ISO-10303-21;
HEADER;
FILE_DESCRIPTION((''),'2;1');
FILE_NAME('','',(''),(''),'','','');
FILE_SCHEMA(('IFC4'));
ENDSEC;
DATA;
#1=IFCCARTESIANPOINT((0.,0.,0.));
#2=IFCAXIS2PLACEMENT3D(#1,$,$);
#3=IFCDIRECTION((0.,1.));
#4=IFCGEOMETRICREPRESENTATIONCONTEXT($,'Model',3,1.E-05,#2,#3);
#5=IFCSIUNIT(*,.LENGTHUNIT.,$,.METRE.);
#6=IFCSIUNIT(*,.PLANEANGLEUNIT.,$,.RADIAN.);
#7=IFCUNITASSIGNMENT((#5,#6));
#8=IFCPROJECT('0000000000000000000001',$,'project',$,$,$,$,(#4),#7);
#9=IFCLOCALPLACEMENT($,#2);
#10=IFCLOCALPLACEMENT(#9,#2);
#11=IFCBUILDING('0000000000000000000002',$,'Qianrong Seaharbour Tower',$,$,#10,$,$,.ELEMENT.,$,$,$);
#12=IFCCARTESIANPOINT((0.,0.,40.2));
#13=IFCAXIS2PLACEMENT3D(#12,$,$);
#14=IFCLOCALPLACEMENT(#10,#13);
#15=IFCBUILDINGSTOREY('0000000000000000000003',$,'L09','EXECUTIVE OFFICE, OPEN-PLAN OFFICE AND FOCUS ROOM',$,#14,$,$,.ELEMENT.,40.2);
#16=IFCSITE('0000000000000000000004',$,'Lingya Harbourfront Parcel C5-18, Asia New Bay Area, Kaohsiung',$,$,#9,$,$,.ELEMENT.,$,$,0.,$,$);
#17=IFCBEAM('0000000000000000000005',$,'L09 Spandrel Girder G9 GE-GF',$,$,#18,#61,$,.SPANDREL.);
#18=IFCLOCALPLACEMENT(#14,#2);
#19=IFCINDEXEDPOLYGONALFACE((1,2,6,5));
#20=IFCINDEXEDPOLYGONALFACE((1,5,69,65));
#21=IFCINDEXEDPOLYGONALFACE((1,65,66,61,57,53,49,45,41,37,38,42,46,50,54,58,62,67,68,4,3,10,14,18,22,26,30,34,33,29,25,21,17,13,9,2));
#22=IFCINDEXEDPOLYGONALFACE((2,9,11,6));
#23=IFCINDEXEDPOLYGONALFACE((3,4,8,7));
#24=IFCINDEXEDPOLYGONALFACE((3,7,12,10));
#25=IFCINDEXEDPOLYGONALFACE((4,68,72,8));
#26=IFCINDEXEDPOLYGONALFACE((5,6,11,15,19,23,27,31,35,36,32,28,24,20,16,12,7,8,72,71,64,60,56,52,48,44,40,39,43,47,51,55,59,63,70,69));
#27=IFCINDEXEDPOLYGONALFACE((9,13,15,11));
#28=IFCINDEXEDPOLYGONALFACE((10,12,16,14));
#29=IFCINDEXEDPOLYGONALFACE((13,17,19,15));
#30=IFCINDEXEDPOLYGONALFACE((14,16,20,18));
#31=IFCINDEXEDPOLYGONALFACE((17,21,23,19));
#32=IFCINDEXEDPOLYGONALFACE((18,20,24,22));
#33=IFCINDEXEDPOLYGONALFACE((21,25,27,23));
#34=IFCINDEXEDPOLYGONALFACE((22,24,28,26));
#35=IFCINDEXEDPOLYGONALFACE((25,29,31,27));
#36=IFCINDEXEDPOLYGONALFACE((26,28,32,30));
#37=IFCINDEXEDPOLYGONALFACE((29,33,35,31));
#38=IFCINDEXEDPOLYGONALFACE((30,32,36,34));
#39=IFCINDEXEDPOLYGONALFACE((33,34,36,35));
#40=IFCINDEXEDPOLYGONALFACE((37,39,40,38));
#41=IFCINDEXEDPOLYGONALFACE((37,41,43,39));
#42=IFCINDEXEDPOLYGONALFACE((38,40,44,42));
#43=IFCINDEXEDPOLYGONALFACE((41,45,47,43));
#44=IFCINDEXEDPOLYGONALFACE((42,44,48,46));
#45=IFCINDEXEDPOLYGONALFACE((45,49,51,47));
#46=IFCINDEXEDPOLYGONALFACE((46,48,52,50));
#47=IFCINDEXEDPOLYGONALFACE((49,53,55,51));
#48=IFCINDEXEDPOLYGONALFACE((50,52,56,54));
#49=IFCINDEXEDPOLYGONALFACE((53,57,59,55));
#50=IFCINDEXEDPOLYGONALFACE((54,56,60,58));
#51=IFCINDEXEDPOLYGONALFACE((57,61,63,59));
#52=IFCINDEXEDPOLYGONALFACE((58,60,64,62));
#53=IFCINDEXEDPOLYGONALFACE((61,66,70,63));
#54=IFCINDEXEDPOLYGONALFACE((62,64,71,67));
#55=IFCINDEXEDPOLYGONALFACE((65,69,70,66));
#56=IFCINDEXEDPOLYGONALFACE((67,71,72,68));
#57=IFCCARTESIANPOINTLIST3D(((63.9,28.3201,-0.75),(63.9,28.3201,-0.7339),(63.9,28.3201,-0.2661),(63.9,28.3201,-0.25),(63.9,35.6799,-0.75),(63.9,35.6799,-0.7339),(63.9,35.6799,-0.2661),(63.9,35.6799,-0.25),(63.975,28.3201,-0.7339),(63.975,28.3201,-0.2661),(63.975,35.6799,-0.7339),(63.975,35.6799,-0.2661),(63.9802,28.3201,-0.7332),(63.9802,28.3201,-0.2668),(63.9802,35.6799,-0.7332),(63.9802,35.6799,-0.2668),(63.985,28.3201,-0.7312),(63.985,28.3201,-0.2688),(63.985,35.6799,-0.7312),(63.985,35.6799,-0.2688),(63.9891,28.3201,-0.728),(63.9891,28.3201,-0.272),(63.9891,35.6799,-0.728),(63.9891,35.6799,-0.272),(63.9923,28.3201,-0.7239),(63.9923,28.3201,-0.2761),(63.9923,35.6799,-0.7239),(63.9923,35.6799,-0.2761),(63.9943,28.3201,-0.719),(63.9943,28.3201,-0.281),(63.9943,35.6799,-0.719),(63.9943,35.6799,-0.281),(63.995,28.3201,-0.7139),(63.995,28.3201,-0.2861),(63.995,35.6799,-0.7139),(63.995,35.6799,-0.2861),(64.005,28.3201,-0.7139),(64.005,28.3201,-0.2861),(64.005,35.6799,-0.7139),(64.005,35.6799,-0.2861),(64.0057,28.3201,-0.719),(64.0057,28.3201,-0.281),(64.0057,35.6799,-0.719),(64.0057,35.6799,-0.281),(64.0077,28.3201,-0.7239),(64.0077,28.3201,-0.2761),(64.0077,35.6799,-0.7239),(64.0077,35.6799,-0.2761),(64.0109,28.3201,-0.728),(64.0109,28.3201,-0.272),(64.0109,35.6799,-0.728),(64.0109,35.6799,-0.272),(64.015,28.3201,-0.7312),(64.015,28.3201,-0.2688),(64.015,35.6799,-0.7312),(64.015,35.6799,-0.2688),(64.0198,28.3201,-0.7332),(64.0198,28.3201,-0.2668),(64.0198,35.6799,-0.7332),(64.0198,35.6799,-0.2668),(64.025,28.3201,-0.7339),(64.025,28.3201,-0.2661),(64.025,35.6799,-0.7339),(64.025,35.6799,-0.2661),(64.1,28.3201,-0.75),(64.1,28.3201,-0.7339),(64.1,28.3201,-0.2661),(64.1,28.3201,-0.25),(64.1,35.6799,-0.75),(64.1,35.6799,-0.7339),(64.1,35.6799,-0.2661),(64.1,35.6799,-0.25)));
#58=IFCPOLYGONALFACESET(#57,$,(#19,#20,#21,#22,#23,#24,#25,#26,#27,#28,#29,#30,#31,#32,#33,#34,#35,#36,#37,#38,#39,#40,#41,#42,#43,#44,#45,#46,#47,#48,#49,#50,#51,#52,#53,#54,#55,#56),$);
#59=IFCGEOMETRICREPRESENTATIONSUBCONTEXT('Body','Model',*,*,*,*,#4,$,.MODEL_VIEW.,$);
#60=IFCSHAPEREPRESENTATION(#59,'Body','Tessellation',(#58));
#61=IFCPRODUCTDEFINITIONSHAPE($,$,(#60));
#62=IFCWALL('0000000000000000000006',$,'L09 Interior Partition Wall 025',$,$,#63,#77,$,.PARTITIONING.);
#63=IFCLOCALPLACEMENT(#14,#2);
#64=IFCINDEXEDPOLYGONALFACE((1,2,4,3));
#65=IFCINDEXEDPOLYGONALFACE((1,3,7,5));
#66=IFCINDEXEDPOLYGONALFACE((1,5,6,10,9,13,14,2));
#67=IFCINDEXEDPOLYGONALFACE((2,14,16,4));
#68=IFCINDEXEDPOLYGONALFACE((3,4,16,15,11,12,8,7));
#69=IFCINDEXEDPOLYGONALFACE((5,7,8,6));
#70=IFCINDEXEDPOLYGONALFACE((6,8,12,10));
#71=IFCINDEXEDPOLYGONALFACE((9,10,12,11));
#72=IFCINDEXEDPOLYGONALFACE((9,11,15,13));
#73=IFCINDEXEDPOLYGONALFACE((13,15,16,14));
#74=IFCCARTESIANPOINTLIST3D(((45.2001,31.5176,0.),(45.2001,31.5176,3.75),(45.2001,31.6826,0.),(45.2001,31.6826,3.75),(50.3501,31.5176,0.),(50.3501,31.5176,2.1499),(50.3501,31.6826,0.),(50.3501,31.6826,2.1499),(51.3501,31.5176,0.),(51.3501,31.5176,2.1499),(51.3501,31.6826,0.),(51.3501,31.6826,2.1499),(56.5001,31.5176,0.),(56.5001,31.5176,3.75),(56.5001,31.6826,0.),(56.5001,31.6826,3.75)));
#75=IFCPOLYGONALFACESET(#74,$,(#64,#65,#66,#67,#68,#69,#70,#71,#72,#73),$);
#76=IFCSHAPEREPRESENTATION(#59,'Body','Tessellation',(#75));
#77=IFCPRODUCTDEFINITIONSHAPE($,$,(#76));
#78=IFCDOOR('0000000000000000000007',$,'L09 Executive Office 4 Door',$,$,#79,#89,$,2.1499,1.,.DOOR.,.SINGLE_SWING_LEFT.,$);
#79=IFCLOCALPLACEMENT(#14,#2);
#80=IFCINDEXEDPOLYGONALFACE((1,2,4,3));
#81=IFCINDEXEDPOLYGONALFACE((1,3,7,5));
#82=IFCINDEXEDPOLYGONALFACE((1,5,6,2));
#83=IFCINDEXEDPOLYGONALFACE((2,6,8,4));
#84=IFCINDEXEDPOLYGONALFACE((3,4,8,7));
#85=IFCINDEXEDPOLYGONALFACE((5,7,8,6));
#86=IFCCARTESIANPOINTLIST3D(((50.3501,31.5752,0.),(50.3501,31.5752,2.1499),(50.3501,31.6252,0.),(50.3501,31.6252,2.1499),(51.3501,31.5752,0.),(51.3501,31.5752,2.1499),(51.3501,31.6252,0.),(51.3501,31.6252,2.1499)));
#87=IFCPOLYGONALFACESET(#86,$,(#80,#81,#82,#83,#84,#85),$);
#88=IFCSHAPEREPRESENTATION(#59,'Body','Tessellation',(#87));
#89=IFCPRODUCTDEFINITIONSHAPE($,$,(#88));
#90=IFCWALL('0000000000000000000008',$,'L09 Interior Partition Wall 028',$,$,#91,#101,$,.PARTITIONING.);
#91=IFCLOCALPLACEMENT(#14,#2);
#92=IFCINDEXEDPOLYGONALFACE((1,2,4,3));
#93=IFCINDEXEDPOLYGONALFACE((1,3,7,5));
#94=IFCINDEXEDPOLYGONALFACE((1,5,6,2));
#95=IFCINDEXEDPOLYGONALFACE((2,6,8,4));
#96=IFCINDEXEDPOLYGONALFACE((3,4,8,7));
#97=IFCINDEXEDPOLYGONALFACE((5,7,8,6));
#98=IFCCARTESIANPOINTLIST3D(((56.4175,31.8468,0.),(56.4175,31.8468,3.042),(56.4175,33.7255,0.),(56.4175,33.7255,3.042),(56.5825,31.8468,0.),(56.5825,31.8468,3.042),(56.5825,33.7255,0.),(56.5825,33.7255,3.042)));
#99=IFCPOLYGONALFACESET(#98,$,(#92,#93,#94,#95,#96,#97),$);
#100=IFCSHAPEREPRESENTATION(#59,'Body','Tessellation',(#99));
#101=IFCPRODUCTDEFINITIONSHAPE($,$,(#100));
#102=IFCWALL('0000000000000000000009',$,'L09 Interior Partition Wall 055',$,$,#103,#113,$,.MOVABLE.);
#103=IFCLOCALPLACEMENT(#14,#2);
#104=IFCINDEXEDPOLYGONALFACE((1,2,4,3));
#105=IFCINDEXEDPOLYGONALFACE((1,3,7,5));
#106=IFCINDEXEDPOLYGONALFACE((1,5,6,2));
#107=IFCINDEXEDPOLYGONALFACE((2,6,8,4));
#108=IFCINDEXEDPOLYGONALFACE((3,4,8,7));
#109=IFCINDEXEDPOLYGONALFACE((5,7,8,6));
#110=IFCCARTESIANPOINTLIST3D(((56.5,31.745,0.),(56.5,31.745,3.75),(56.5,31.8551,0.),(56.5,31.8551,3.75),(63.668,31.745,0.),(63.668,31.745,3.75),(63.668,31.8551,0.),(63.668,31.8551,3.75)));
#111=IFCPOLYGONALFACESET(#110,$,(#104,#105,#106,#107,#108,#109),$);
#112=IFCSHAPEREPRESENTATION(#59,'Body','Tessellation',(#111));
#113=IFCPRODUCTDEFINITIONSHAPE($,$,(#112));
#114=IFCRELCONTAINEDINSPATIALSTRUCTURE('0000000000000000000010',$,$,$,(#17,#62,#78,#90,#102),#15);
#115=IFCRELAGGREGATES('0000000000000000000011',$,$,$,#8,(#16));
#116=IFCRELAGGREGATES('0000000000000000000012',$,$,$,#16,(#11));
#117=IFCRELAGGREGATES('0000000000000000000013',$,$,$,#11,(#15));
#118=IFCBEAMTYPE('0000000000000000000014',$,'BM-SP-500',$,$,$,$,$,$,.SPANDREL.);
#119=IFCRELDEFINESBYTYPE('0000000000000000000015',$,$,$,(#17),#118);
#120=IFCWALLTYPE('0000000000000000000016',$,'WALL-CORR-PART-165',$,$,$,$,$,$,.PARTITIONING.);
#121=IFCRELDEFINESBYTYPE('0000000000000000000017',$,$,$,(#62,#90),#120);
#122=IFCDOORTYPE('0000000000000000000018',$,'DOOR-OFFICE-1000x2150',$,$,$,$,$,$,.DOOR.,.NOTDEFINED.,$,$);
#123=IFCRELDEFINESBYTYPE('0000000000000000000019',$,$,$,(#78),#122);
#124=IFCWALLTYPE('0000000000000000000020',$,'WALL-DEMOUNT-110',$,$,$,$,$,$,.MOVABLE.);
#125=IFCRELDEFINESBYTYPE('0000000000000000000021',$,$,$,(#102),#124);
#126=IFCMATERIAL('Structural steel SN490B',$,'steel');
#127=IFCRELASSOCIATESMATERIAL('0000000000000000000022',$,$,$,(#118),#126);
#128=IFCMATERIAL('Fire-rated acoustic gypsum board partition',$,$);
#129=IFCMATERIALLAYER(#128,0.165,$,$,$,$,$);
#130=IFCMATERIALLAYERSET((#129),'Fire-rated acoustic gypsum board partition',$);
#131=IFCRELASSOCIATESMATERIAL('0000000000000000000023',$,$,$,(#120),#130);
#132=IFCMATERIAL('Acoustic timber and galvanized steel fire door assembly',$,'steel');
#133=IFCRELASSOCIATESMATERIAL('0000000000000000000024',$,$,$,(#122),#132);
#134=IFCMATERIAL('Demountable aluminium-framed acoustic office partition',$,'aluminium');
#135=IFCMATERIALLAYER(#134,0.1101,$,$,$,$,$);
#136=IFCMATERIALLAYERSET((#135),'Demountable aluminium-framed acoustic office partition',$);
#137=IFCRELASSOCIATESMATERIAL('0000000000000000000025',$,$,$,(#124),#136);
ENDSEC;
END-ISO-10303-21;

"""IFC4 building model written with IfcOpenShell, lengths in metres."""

from ifc_helpers import new_model, si_unit, direction, frame, frame_2d, origin, origin_2d, place, context, subcontext, project, spatial, rectangle, i_section, extrude, material, layer, layer_set, material_profile, profile_set, type_object, element, fill, save


model = new_model("IFC4")

# Units and contexts
model_context = context("Model", 3, precision=1e-05, world=origin(), true_north=direction((0.0, 1.0)))
body_context = subcontext(model_context, "Body", "Model", "MODEL_VIEW")
ifc_project = project(units=[si_unit("LENGTHUNIT", "METRE"), si_unit("PLANEANGLEUNIT", "RADIAN")], contexts=[model_context])

# Site, building, storey
site_placement = place(None, origin())
site = spatial("IfcSite", under=ifc_project, at=site_placement, Name="Lingya Harbourfront Parcel C5-18, Asia New Bay Area, Kaohsiung", CompositionType="ELEMENT", RefElevation=0.0)
building_placement = place(site_placement, origin())
building = spatial("IfcBuilding", under=site, at=building_placement, Name="Qianrong Seaharbour Tower", CompositionType="ELEMENT")
storey_placement = place(building_placement, frame((0.0, 0.0, 40.2)))
storey = spatial("IfcBuildingStorey", under=building, at=storey_placement, Name="L09", Description="EXECUTIVE OFFICE, OPEN-PLAN OFFICE AND FOCUS ROOM", CompositionType="ELEMENT", Elevation=40.2)

# Shared definitions
ifc_material_1 = material(Name="Structural steel SN490B", Category="steel")

# Beam
ifc_material_profile_1 = material_profile(ifc_material_1, i_section(OverallWidth=0.2, OverallDepth=0.5, WebThickness=0.01, FlangeThickness=0.0161, FilletRadius=0.02, at=origin_2d()), Name="H500x200x10x16")
ifc_profile_set_1 = profile_set([ifc_material_profile_1], Name="Structural steel SN490B")
beam_type_1 = type_object("IfcBeamType", Name="BM-SP-500", PredefinedType="SPANDREL", material=ifc_profile_set_1)
beam_1_placement = place(storey_placement, frame((64.0, 28.3201, -0.5), z_axis=(0.0, 1.0, 0.0), x_axis=(-1.0, 0.0, 0.0)))
element("IfcBeam", 1, at=beam_1_placement, inside=storey, type_object=beam_type_1, Name="L09 Spandrel Girder G9 GE-GF", PredefinedType="SPANDREL", context=body_context, shape_type="SweptSolid", body=[
    extrude(i_section(OverallWidth=0.2, OverallDepth=0.5, WebThickness=0.01, FlangeThickness=0.0161, FilletRadius=0.02, at=origin_2d()), origin(), (0.0, 0.0, 1.0), 7.3599),
])

# Wall, opening, door
ifc_material_2 = material(Name="Fire-rated acoustic gypsum board partition")
ifc_layer_1 = layer(ifc_material_2, 0.165)
ifc_layer_set_1 = layer_set([ifc_layer_1], Name="Fire-rated acoustic gypsum board partition")
wall_type_1 = type_object("IfcWallType", Name="WALL-CORR-PART-165", PredefinedType="PARTITIONING", material=ifc_layer_set_1)
wall_1_placement = place(storey_placement, frame((56.5, 31.6001, 0.0), z_axis=(0.0, 0.0, 1.0), x_axis=(-1.0, 0.0, 0.0)))
wall_1 = element("IfcWall", 2, at=wall_1_placement, inside=storey, type_object=wall_type_1, Name="L09 Interior Partition Wall 025", PredefinedType="PARTITIONING", context=body_context, shape_type="SweptSolid", body=[
    extrude(rectangle(XDim=11.3, YDim=0.165, at=frame_2d((5.6499, 0.0))), origin(), (0.0, 0.0, 1.0), 3.75),
])
opening_placement = place(wall_1_placement, frame((5.1499, 0.0, 0.0)))
opening = element("IfcOpeningElement", 3, at=opening_placement, cuts=wall_1, PredefinedType="OPENING", context=body_context, shape_type="SweptSolid", body=[
    extrude(rectangle(XDim=1.0, YDim=2.1499, at=frame_2d((0.5, 1.075))), frame((0.0, 0.0925, 0.0), z_axis=(0.0, -1.0, 0.0), x_axis=(1.0, 0.0, 0.0)), (0.0, 0.0, 1.0), 0.1851),
])
ifc_material_3 = material(Name="Acoustic timber and galvanized steel fire door assembly", Category="steel")
door_type = type_object("IfcDoorType", Name="DOOR-OFFICE-1000x2150", OperationType="NOTDEFINED", PredefinedType="DOOR", material=ifc_material_3)
door_placement = place(opening_placement, origin())
door = element("IfcDoor", 4, at=door_placement, inside=storey, type_object=door_type, Name="L09 Executive Office 4 Door", OperationType="SINGLE_SWING_LEFT", OverallHeight=2.1499, OverallWidth=1.0, PredefinedType="DOOR", context=body_context, shape_type="SweptSolid", body=[
    extrude(rectangle(XDim=1.0, YDim=2.1499, at=frame_2d((0.5, 1.075))), frame((0.0, 0.0249, 0.0), z_axis=(0.0, -1.0, 0.0), x_axis=(1.0, 0.0, 0.0)), (0.0, 0.0, 1.0), 0.05),
])
fill(opening, door)

# Walls
wall_2_placement = place(storey_placement, frame((56.5, 33.7256, 0.0), z_axis=(0.0, 0.0, 1.0), x_axis=(0.0, -1.0, 0.0)))
element("IfcWall", 5, at=wall_2_placement, inside=storey, type_object=wall_type_1, Name="L09 Interior Partition Wall 028", PredefinedType="PARTITIONING", context=body_context, shape_type="SweptSolid", body=[
    extrude(rectangle(XDim=1.8787, YDim=0.165, at=frame_2d((0.9395, 0.0))), origin(), (0.0, 0.0, 1.0), 3.042),
])
ifc_material_4 = material(Name="Demountable aluminium-framed acoustic office partition", Category="aluminium")
ifc_layer_2 = layer(ifc_material_4, 0.1101)
ifc_layer_set_2 = layer_set([ifc_layer_2], Name="Demountable aluminium-framed acoustic office partition")
wall_type_2 = type_object("IfcWallType", Name="WALL-DEMOUNT-110", PredefinedType="MOVABLE", material=ifc_layer_set_2)
wall_3_placement = place(storey_placement, frame((56.5, 31.8, 0.0), z_axis=(0.0, 0.0, 1.0), x_axis=(1.0, 0.0, 0.0)))
element("IfcWall", 6, at=wall_3_placement, inside=storey, type_object=wall_type_2, Name="L09 Interior Partition Wall 055", PredefinedType="MOVABLE", context=body_context, shape_type="SweptSolid", body=[
    extrude(rectangle(XDim=7.168, YDim=0.1101, at=frame_2d((3.584, 0.0))), origin(), (0.0, 0.0, 1.0), 3.75),
])

save(model, "model.ifc")
